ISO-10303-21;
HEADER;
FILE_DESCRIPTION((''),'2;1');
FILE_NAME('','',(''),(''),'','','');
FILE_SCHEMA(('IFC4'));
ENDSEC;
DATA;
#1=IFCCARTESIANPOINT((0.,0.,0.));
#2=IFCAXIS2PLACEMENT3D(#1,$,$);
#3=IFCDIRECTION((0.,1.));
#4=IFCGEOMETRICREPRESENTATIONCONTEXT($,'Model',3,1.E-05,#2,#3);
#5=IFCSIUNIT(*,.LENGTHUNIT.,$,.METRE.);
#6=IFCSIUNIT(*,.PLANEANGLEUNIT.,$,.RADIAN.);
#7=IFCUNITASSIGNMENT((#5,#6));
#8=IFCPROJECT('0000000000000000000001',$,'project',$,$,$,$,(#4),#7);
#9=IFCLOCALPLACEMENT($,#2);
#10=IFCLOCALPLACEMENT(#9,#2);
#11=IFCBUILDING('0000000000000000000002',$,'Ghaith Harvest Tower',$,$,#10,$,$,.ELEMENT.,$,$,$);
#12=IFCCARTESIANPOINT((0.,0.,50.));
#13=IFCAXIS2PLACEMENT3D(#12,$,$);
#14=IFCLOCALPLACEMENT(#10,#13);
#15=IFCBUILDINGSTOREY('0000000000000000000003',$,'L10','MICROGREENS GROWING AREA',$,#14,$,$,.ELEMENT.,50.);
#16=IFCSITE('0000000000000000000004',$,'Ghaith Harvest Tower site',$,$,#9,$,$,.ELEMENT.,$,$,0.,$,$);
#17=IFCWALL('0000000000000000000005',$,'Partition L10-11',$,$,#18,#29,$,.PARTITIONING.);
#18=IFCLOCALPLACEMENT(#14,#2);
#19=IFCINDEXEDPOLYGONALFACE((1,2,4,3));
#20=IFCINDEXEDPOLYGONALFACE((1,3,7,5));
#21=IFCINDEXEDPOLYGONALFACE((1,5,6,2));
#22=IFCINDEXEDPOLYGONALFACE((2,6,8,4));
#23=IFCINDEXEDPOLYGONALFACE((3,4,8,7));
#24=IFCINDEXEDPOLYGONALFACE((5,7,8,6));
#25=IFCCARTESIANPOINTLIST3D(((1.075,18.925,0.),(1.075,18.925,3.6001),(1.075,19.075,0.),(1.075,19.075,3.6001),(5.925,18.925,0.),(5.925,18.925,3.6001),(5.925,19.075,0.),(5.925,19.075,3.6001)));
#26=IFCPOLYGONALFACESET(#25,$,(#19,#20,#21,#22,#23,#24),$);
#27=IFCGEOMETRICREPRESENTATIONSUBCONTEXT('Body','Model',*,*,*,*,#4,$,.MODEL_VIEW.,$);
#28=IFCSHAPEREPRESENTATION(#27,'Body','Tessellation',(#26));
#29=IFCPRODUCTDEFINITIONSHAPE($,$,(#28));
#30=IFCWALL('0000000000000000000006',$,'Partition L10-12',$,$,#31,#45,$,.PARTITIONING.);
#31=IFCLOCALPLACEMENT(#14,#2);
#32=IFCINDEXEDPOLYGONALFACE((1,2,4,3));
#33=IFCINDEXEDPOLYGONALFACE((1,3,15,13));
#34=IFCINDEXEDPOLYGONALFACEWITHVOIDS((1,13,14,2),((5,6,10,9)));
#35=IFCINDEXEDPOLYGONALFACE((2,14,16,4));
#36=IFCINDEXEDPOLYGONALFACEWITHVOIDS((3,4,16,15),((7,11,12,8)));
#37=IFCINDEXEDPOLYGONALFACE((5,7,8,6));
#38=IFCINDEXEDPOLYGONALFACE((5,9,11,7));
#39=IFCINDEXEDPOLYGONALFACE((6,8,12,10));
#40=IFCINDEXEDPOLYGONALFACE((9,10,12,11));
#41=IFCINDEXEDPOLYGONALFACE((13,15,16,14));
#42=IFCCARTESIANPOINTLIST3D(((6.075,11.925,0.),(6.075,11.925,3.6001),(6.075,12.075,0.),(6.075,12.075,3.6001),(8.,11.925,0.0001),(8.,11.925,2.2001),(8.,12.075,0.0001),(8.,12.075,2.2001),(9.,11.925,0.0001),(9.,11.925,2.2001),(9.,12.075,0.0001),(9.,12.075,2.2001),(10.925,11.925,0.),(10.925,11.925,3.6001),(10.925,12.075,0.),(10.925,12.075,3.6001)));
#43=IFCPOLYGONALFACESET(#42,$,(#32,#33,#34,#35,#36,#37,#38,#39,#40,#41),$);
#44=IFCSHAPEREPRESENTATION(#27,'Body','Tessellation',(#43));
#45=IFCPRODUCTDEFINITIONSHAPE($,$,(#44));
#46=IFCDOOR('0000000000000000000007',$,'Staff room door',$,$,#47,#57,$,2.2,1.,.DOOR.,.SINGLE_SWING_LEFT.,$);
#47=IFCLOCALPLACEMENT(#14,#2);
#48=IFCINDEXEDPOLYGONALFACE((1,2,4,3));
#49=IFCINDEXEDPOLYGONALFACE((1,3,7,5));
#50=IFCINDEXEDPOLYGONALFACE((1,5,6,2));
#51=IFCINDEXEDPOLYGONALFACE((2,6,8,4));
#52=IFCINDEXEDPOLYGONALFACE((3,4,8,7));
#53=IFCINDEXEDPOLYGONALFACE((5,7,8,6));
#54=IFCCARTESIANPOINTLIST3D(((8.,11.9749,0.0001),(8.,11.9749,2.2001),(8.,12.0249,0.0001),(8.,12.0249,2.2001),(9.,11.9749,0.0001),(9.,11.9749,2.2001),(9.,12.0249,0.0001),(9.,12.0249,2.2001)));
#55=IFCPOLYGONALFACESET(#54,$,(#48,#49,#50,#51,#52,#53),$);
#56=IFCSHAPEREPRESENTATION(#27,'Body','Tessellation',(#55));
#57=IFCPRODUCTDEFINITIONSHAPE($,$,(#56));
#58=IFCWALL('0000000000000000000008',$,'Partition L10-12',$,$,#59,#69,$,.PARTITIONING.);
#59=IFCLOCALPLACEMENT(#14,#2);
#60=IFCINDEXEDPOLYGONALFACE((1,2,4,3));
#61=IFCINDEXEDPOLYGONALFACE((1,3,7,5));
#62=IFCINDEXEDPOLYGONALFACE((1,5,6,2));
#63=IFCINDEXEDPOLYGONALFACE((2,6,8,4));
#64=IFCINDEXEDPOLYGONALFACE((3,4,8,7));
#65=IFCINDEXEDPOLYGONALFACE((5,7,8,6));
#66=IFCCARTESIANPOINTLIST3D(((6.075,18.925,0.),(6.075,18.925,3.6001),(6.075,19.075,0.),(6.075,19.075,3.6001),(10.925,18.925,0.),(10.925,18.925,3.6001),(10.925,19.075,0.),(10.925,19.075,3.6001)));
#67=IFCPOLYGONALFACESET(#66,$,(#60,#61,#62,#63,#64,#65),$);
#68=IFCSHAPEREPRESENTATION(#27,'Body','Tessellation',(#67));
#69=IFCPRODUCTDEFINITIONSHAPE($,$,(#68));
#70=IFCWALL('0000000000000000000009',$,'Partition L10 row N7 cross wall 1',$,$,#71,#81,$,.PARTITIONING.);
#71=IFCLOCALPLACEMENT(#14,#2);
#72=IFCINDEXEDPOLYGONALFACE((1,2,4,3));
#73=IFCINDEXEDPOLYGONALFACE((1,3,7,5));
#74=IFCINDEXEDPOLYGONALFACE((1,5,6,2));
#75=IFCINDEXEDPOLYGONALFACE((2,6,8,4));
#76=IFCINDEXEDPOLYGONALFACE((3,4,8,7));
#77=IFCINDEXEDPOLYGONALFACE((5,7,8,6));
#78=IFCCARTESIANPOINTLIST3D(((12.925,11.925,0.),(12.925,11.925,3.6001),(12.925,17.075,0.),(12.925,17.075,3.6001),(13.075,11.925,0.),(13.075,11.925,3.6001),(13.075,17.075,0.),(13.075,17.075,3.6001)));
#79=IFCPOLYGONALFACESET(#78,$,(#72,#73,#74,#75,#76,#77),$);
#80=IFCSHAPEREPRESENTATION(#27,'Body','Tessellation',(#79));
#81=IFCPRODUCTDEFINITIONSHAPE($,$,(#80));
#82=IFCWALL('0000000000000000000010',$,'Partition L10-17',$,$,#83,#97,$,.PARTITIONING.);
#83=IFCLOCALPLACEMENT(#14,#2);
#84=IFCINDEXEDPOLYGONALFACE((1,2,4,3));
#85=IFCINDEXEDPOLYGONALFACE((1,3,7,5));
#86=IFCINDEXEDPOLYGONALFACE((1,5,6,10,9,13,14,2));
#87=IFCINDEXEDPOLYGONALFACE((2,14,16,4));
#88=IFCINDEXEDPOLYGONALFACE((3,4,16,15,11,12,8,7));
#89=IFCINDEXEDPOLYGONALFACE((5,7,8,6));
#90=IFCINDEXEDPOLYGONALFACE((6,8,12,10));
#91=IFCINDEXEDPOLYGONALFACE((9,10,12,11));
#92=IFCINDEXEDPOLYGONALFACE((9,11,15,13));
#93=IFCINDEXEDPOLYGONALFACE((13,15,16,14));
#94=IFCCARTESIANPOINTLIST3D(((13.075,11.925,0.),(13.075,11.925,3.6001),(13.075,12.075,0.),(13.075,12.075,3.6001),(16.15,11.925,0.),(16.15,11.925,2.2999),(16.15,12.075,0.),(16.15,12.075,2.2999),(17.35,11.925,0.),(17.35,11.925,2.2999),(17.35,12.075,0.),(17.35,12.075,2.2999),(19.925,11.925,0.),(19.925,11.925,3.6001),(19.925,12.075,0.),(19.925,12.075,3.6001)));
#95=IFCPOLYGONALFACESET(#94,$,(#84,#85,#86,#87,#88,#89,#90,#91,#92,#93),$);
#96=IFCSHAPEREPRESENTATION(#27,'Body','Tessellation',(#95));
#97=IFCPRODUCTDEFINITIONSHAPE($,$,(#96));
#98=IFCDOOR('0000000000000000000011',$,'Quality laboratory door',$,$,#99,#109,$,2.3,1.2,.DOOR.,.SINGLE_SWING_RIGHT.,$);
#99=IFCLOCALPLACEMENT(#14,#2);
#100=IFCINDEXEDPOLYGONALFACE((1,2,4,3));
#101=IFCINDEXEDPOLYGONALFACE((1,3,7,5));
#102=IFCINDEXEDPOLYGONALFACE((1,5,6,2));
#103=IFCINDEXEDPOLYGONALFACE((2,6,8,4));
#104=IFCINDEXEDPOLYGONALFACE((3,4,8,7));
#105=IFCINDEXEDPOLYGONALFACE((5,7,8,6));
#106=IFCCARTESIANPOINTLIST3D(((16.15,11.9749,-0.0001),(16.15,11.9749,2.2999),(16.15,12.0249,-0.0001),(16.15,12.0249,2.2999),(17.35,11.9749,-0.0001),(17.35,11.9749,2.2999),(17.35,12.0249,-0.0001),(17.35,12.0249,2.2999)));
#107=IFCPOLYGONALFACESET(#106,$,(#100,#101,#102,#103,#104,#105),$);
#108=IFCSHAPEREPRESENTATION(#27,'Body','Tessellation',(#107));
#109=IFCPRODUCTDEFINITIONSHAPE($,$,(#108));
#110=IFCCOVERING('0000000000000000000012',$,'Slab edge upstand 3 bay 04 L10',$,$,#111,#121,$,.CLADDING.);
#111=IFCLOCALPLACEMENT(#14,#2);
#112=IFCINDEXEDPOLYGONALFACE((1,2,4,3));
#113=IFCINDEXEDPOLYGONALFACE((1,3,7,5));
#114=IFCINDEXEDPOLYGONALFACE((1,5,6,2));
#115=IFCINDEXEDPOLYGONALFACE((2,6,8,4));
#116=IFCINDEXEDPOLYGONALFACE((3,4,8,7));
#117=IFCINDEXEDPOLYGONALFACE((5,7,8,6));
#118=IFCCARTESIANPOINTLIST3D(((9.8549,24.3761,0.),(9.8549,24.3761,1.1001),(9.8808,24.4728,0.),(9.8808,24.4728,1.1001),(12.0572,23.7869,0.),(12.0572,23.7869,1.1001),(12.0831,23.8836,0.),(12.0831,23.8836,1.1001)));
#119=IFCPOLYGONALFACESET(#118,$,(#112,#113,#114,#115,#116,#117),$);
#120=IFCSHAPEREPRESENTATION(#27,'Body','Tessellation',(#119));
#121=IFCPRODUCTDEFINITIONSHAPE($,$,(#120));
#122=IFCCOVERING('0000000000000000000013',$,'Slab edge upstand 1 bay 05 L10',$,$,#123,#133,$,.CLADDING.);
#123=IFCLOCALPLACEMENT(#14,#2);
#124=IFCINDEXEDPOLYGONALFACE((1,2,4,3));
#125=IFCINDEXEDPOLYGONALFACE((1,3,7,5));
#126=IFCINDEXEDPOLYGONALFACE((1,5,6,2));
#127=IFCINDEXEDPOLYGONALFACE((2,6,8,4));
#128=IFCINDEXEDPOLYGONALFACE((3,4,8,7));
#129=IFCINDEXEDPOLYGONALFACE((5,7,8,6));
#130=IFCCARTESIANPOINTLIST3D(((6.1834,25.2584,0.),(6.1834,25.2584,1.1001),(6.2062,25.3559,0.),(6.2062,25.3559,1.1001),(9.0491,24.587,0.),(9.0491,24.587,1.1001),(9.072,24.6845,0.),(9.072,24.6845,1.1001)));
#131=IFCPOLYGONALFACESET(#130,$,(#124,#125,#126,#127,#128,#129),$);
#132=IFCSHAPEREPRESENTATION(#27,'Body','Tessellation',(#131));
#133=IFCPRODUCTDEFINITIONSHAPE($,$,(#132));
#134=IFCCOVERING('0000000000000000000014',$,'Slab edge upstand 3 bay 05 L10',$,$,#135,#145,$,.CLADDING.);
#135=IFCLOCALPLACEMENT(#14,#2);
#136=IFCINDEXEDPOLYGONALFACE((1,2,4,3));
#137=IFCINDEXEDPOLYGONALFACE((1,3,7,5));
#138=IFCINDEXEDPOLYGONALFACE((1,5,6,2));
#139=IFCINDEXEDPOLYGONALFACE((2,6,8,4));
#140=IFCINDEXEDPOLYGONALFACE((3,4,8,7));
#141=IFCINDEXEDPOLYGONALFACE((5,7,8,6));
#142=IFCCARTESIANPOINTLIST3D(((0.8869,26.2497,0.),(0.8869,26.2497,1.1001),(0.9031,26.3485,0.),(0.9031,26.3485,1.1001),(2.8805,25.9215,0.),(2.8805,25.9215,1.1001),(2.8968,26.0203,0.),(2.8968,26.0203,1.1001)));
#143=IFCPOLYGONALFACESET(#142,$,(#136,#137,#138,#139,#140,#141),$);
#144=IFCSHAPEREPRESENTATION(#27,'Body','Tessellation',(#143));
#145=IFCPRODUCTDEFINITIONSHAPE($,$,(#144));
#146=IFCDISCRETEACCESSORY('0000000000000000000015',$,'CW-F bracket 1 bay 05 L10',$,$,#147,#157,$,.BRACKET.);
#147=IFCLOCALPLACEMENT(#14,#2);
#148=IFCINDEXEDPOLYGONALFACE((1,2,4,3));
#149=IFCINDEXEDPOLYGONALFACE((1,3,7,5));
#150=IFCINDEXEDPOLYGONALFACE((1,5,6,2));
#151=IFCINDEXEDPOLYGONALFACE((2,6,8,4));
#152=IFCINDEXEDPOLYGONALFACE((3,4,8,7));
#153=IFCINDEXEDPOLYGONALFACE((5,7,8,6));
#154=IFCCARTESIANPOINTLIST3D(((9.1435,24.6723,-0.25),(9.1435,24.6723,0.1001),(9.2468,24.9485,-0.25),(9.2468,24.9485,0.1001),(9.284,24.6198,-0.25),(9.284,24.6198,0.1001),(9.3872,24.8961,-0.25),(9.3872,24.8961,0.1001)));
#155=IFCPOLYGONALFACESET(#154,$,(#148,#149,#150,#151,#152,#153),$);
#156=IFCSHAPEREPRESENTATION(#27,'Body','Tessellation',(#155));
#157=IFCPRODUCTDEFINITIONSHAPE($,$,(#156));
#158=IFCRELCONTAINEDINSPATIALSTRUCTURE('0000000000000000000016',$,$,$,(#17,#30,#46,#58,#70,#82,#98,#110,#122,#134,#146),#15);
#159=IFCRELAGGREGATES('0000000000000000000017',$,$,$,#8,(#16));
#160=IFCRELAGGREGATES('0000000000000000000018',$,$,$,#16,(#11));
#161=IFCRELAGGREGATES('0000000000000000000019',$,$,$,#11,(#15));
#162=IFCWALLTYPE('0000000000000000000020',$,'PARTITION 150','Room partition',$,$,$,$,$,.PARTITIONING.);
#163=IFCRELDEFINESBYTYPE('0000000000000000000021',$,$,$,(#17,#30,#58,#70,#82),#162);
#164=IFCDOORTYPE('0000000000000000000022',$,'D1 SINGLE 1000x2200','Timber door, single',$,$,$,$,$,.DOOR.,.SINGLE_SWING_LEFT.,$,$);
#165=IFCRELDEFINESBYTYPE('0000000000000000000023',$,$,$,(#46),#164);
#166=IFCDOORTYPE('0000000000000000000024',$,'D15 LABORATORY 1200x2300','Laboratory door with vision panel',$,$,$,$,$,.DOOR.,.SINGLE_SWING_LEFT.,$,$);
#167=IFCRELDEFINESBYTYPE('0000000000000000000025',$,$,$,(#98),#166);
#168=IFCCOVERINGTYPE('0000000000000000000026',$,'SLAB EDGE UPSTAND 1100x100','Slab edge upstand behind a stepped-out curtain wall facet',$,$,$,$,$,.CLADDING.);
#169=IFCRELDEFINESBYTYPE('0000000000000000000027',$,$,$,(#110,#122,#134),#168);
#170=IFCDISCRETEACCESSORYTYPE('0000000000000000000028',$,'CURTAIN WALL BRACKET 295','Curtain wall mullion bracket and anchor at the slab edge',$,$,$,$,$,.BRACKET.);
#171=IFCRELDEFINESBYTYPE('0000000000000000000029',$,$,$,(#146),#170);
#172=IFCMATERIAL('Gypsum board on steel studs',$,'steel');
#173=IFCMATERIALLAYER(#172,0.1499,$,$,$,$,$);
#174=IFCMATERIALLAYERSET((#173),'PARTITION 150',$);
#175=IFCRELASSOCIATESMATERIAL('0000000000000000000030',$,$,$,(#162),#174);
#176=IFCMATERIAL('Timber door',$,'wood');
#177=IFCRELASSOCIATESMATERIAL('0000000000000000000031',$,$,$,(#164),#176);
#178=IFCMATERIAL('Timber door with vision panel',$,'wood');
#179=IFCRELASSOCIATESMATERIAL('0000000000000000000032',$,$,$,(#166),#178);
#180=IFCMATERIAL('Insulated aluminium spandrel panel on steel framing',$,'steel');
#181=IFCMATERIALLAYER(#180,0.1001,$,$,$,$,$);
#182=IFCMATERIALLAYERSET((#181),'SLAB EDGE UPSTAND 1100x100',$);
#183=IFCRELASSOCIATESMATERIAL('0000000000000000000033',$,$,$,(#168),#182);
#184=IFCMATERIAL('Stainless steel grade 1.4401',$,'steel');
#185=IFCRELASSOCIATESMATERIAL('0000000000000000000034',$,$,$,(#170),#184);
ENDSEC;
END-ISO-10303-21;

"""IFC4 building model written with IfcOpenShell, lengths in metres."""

from ifc_helpers import new_model, si_unit, direction, frame, frame_2d, origin, origin_2d, place, context, subcontext, project, spatial, rectangle, extrude, material, layer, layer_set, type_object, element, fill, save


model = new_model("IFC4")

# Units and contexts
model_context = context("Model", 3, precision=1e-05, world=origin(), true_north=direction((0.0, 1.0)))
body_context = subcontext(model_context, "Body", "Model", "MODEL_VIEW")
ifc_project = project(units=[si_unit("LENGTHUNIT", "METRE"), si_unit("PLANEANGLEUNIT", "RADIAN")], contexts=[model_context])

# Site, building, storey
site_placement = place(None, origin())
site = spatial("IfcSite", under=ifc_project, at=site_placement, Name="Ghaith Harvest Tower site", CompositionType="ELEMENT", RefElevation=0.0)
building_placement = place(site_placement, origin())
building = spatial("IfcBuilding", under=site, at=building_placement, Name="Ghaith Harvest Tower", CompositionType="ELEMENT")
storey_placement = place(building_placement, frame((0.0, 0.0, 50.0)))
storey = spatial("IfcBuildingStorey", under=building, at=storey_placement, Name="L10", Description="MICROGREENS GROWING AREA", CompositionType="ELEMENT", Elevation=50.0)

# Shared definitions
ifc_material_1 = material(Name="Gypsum board on steel studs", Category="steel")
ifc_layer_1 = layer(ifc_material_1, 0.1499)
ifc_layer_set_1 = layer_set([ifc_layer_1], Name="PARTITION 150")
wall_type = type_object("IfcWallType", Name="PARTITION 150", Description="Room partition", PredefinedType="PARTITIONING", material=ifc_layer_set_1)

# Wall
wall_1_placement = place(storey_placement, frame((1.075, 19.0, 0.0), z_axis=(0.0, 0.0, 1.0), x_axis=(1.0, 0.0, 0.0)))
element("IfcWall", 1, at=wall_1_placement, inside=storey, type_object=wall_type, Name="Partition L10-11", PredefinedType="PARTITIONING", context=body_context, shape_type="SweptSolid", body=[
    extrude(rectangle(XDim=4.8501, YDim=0.1499, at=frame_2d((2.425, 0.0))), origin(), (0.0, 0.0, 1.0), 3.6001),
])

# Wall, opening, door
wall_2_placement = place(storey_placement, frame((6.075, 12.0, 0.0), z_axis=(0.0, 0.0, 1.0), x_axis=(1.0, 0.0, 0.0)))
wall_2 = element("IfcWall", 2, at=wall_2_placement, inside=storey, type_object=wall_type, Name="Partition L10-12", PredefinedType="PARTITIONING", context=body_context, shape_type="SweptSolid", body=[
    extrude(rectangle(XDim=4.8501, YDim=0.1499, at=frame_2d((2.425, 0.0))), origin(), (0.0, 0.0, 1.0), 3.6001),
])
opening_1_placement = place(wall_2_placement, frame((1.925, 0.0, 0.0)))
opening_1 = element("IfcOpeningElement", 3, at=opening_1_placement, cuts=wall_2, PredefinedType="OPENING", context=body_context, shape_type="SweptSolid", body=[
    extrude(rectangle(XDim=1.0, YDim=2.2, at=frame_2d((0.5, 1.1001))), frame((0.0, 0.085, 0.0), z_axis=(0.0, -1.0, 0.0), x_axis=(1.0, 0.0, 0.0)), (0.0, 0.0, 1.0), 0.1699),
])
ifc_material_2 = material(Name="Timber door", Category="wood")
door_type_1 = type_object("IfcDoorType", Name="D1 SINGLE 1000x2200", Description="Timber door, single", OperationType="SINGLE_SWING_LEFT", PredefinedType="DOOR", material=ifc_material_2)
door_1_placement = place(opening_1_placement, origin())
door_1 = element("IfcDoor", 4, at=door_1_placement, inside=storey, type_object=door_type_1, Name="Staff room door", OperationType="SINGLE_SWING_LEFT", OverallHeight=2.2, OverallWidth=1.0, PredefinedType="DOOR", context=body_context, shape_type="SweptSolid", body=[
    extrude(rectangle(XDim=1.0, YDim=2.2, at=frame_2d((0.5, 1.1001))), frame((0.0, 0.0249, 0.0), z_axis=(0.0, -1.0, 0.0), x_axis=(1.0, 0.0, 0.0)), (0.0, 0.0, 1.0), 0.05),
])
fill(opening_1, door_1)

# Walls
wall_3_placement = place(storey_placement, frame((6.075, 19.0, 0.0), z_axis=(0.0, 0.0, 1.0), x_axis=(1.0, 0.0, 0.0)))
element("IfcWall", 5, at=wall_3_placement, inside=storey, type_object=wall_type, Name="Partition L10-12", PredefinedType="PARTITIONING", context=body_context, shape_type="SweptSolid", body=[
    extrude(rectangle(XDim=4.8501, YDim=0.1499, at=frame_2d((2.425, 0.0))), origin(), (0.0, 0.0, 1.0), 3.6001),
])
wall_4_placement = place(storey_placement, frame((13.0, 11.925, 0.0), z_axis=(0.0, 0.0, 1.0), x_axis=(0.0, 1.0, 0.0)))
element("IfcWall", 6, at=wall_4_placement, inside=storey, type_object=wall_type, Name="Partition L10 row N7 cross wall 1", PredefinedType="PARTITIONING", context=body_context, shape_type="SweptSolid", body=[
    extrude(rectangle(XDim=5.1499, YDim=0.1499, at=frame_2d((2.575, 0.0))), origin(), (0.0, 0.0, 1.0), 3.6001),
])

# Wall, opening, door
wall_5_placement = place(storey_placement, frame((13.075, 12.0, 0.0), z_axis=(0.0, 0.0, 1.0), x_axis=(1.0, 0.0, 0.0)))
wall_5 = element("IfcWall", 7, at=wall_5_placement, inside=storey, type_object=wall_type, Name="Partition L10-17", PredefinedType="PARTITIONING", context=body_context, shape_type="SweptSolid", body=[
    extrude(rectangle(XDim=6.8501, YDim=0.1499, at=frame_2d((3.425, 0.0))), origin(), (0.0, 0.0, 1.0), 3.6001),
])
opening_2_placement = place(wall_5_placement, frame((3.075, 0.0, 0.0)))
opening_2 = element("IfcOpeningElement", 8, at=opening_2_placement, cuts=wall_5, PredefinedType="OPENING", context=body_context, shape_type="SweptSolid", body=[
    extrude(rectangle(XDim=1.2, YDim=2.3, at=frame_2d((0.6001, 1.1499))), frame((0.0, 0.085, 0.0), z_axis=(0.0, -1.0, 0.0), x_axis=(1.0, 0.0, 0.0)), (0.0, 0.0, 1.0), 0.1699),
])
ifc_material_3 = material(Name="Timber door with vision panel", Category="wood")
door_type_2 = type_object("IfcDoorType", Name="D15 LABORATORY 1200x2300", Description="Laboratory door with vision panel", OperationType="SINGLE_SWING_LEFT", PredefinedType="DOOR", material=ifc_material_3)
door_2_placement = place(opening_2_placement, origin())
door_2 = element("IfcDoor", 9, at=door_2_placement, inside=storey, type_object=door_type_2, Name="Quality laboratory door", OperationType="SINGLE_SWING_RIGHT", OverallHeight=2.3, OverallWidth=1.2, PredefinedType="DOOR", context=body_context, shape_type="SweptSolid", body=[
    extrude(rectangle(XDim=1.2, YDim=2.3, at=frame_2d((0.6001, 1.1499))), frame((0.0, 0.0249, 0.0), z_axis=(0.0, -1.0, 0.0), x_axis=(1.0, 0.0, 0.0)), (0.0, 0.0, 1.0), 0.05),
])
fill(opening_2, door_2)

# Coverings
ifc_material_4 = material(Name="Insulated aluminium spandrel panel on steel framing", Category="steel")
ifc_layer_2 = layer(ifc_material_4, 0.1001)
ifc_layer_set_2 = layer_set([ifc_layer_2], Name="SLAB EDGE UPSTAND 1100x100")
covering_type = type_object("IfcCoveringType", Name="SLAB EDGE UPSTAND 1100x100", Description="Slab edge upstand behind a stepped-out curtain wall facet", PredefinedType="CLADDING", material=ifc_layer_set_2)
covering_1_placement = place(storey_placement, frame((10.969, 24.1299, 0.0), z_axis=(0.0, 0.0, 1.0), x_axis=(-0.966024, 0.258451, 0.0)))
element("IfcCovering", 10, at=covering_1_placement, inside=storey, type_object=covering_type, Name="Slab edge upstand 3 bay 04 L10", PredefinedType="CLADDING", context=body_context, shape_type="SweptSolid", body=[
    extrude(rectangle(XDim=2.2798, YDim=0.1001, at=origin_2d()), origin(), (0.0, 0.0, 1.0), 1.1001),
])
covering_2_placement = place(storey_placement, frame((7.6277, 24.9714, 0.0), z_axis=(0.0, 0.0, 1.0), x_axis=(-0.973634, 0.228115, 0.0)))
element("IfcCovering", 11, at=covering_2_placement, inside=storey, type_object=covering_type, Name="Slab edge upstand 1 bay 05 L10", PredefinedType="CLADDING", context=body_context, shape_type="SweptSolid", body=[
    extrude(rectangle(XDim=2.9434, YDim=0.1001, at=origin_2d()), origin(), (0.0, 0.0, 1.0), 1.1001),
])
covering_3_placement = place(storey_placement, frame((1.8918, 26.135, 0.0), z_axis=(0.0, 0.0, 1.0), x_axis=(-0.986716, 0.162453, 0.0)))
element("IfcCovering", 12, at=covering_3_placement, inside=storey, type_object=covering_type, Name="Slab edge upstand 3 bay 05 L10", PredefinedType="CLADDING", context=body_context, shape_type="SweptSolid", body=[
    extrude(rectangle(XDim=2.0205, YDim=0.1001, at=origin_2d()), origin(), (0.0, 0.0, 1.0), 1.1001),
])

# Discrete accessory
ifc_material_5 = material(Name="Stainless steel grade 1.4401", Category="steel")
discrete_accessory_type = type_object("IfcDiscreteAccessoryType", Name="CURTAIN WALL BRACKET 295", Description="Curtain wall mullion bracket and anchor at the slab edge", PredefinedType="BRACKET", material=ifc_material_5)
discrete_accessory_placement = place(storey_placement, frame((9.2654, 24.7842, -0.25), z_axis=(0.0, 0.0, 1.0), x_axis=(0.350168, 0.936687, 0.0)))
element("IfcDiscreteAccessory", 13, at=discrete_accessory_placement, inside=storey, type_object=discrete_accessory_type, Name="CW-F bracket 1 bay 05 L10", PredefinedType="BRACKET", context=body_context, shape_type="SweptSolid", body=[
    extrude(rectangle(XDim=0.2949, YDim=0.1499, at=origin_2d()), origin(), (0.0, 0.0, 1.0), 0.3501),
])

save(model, "model.ifc")
